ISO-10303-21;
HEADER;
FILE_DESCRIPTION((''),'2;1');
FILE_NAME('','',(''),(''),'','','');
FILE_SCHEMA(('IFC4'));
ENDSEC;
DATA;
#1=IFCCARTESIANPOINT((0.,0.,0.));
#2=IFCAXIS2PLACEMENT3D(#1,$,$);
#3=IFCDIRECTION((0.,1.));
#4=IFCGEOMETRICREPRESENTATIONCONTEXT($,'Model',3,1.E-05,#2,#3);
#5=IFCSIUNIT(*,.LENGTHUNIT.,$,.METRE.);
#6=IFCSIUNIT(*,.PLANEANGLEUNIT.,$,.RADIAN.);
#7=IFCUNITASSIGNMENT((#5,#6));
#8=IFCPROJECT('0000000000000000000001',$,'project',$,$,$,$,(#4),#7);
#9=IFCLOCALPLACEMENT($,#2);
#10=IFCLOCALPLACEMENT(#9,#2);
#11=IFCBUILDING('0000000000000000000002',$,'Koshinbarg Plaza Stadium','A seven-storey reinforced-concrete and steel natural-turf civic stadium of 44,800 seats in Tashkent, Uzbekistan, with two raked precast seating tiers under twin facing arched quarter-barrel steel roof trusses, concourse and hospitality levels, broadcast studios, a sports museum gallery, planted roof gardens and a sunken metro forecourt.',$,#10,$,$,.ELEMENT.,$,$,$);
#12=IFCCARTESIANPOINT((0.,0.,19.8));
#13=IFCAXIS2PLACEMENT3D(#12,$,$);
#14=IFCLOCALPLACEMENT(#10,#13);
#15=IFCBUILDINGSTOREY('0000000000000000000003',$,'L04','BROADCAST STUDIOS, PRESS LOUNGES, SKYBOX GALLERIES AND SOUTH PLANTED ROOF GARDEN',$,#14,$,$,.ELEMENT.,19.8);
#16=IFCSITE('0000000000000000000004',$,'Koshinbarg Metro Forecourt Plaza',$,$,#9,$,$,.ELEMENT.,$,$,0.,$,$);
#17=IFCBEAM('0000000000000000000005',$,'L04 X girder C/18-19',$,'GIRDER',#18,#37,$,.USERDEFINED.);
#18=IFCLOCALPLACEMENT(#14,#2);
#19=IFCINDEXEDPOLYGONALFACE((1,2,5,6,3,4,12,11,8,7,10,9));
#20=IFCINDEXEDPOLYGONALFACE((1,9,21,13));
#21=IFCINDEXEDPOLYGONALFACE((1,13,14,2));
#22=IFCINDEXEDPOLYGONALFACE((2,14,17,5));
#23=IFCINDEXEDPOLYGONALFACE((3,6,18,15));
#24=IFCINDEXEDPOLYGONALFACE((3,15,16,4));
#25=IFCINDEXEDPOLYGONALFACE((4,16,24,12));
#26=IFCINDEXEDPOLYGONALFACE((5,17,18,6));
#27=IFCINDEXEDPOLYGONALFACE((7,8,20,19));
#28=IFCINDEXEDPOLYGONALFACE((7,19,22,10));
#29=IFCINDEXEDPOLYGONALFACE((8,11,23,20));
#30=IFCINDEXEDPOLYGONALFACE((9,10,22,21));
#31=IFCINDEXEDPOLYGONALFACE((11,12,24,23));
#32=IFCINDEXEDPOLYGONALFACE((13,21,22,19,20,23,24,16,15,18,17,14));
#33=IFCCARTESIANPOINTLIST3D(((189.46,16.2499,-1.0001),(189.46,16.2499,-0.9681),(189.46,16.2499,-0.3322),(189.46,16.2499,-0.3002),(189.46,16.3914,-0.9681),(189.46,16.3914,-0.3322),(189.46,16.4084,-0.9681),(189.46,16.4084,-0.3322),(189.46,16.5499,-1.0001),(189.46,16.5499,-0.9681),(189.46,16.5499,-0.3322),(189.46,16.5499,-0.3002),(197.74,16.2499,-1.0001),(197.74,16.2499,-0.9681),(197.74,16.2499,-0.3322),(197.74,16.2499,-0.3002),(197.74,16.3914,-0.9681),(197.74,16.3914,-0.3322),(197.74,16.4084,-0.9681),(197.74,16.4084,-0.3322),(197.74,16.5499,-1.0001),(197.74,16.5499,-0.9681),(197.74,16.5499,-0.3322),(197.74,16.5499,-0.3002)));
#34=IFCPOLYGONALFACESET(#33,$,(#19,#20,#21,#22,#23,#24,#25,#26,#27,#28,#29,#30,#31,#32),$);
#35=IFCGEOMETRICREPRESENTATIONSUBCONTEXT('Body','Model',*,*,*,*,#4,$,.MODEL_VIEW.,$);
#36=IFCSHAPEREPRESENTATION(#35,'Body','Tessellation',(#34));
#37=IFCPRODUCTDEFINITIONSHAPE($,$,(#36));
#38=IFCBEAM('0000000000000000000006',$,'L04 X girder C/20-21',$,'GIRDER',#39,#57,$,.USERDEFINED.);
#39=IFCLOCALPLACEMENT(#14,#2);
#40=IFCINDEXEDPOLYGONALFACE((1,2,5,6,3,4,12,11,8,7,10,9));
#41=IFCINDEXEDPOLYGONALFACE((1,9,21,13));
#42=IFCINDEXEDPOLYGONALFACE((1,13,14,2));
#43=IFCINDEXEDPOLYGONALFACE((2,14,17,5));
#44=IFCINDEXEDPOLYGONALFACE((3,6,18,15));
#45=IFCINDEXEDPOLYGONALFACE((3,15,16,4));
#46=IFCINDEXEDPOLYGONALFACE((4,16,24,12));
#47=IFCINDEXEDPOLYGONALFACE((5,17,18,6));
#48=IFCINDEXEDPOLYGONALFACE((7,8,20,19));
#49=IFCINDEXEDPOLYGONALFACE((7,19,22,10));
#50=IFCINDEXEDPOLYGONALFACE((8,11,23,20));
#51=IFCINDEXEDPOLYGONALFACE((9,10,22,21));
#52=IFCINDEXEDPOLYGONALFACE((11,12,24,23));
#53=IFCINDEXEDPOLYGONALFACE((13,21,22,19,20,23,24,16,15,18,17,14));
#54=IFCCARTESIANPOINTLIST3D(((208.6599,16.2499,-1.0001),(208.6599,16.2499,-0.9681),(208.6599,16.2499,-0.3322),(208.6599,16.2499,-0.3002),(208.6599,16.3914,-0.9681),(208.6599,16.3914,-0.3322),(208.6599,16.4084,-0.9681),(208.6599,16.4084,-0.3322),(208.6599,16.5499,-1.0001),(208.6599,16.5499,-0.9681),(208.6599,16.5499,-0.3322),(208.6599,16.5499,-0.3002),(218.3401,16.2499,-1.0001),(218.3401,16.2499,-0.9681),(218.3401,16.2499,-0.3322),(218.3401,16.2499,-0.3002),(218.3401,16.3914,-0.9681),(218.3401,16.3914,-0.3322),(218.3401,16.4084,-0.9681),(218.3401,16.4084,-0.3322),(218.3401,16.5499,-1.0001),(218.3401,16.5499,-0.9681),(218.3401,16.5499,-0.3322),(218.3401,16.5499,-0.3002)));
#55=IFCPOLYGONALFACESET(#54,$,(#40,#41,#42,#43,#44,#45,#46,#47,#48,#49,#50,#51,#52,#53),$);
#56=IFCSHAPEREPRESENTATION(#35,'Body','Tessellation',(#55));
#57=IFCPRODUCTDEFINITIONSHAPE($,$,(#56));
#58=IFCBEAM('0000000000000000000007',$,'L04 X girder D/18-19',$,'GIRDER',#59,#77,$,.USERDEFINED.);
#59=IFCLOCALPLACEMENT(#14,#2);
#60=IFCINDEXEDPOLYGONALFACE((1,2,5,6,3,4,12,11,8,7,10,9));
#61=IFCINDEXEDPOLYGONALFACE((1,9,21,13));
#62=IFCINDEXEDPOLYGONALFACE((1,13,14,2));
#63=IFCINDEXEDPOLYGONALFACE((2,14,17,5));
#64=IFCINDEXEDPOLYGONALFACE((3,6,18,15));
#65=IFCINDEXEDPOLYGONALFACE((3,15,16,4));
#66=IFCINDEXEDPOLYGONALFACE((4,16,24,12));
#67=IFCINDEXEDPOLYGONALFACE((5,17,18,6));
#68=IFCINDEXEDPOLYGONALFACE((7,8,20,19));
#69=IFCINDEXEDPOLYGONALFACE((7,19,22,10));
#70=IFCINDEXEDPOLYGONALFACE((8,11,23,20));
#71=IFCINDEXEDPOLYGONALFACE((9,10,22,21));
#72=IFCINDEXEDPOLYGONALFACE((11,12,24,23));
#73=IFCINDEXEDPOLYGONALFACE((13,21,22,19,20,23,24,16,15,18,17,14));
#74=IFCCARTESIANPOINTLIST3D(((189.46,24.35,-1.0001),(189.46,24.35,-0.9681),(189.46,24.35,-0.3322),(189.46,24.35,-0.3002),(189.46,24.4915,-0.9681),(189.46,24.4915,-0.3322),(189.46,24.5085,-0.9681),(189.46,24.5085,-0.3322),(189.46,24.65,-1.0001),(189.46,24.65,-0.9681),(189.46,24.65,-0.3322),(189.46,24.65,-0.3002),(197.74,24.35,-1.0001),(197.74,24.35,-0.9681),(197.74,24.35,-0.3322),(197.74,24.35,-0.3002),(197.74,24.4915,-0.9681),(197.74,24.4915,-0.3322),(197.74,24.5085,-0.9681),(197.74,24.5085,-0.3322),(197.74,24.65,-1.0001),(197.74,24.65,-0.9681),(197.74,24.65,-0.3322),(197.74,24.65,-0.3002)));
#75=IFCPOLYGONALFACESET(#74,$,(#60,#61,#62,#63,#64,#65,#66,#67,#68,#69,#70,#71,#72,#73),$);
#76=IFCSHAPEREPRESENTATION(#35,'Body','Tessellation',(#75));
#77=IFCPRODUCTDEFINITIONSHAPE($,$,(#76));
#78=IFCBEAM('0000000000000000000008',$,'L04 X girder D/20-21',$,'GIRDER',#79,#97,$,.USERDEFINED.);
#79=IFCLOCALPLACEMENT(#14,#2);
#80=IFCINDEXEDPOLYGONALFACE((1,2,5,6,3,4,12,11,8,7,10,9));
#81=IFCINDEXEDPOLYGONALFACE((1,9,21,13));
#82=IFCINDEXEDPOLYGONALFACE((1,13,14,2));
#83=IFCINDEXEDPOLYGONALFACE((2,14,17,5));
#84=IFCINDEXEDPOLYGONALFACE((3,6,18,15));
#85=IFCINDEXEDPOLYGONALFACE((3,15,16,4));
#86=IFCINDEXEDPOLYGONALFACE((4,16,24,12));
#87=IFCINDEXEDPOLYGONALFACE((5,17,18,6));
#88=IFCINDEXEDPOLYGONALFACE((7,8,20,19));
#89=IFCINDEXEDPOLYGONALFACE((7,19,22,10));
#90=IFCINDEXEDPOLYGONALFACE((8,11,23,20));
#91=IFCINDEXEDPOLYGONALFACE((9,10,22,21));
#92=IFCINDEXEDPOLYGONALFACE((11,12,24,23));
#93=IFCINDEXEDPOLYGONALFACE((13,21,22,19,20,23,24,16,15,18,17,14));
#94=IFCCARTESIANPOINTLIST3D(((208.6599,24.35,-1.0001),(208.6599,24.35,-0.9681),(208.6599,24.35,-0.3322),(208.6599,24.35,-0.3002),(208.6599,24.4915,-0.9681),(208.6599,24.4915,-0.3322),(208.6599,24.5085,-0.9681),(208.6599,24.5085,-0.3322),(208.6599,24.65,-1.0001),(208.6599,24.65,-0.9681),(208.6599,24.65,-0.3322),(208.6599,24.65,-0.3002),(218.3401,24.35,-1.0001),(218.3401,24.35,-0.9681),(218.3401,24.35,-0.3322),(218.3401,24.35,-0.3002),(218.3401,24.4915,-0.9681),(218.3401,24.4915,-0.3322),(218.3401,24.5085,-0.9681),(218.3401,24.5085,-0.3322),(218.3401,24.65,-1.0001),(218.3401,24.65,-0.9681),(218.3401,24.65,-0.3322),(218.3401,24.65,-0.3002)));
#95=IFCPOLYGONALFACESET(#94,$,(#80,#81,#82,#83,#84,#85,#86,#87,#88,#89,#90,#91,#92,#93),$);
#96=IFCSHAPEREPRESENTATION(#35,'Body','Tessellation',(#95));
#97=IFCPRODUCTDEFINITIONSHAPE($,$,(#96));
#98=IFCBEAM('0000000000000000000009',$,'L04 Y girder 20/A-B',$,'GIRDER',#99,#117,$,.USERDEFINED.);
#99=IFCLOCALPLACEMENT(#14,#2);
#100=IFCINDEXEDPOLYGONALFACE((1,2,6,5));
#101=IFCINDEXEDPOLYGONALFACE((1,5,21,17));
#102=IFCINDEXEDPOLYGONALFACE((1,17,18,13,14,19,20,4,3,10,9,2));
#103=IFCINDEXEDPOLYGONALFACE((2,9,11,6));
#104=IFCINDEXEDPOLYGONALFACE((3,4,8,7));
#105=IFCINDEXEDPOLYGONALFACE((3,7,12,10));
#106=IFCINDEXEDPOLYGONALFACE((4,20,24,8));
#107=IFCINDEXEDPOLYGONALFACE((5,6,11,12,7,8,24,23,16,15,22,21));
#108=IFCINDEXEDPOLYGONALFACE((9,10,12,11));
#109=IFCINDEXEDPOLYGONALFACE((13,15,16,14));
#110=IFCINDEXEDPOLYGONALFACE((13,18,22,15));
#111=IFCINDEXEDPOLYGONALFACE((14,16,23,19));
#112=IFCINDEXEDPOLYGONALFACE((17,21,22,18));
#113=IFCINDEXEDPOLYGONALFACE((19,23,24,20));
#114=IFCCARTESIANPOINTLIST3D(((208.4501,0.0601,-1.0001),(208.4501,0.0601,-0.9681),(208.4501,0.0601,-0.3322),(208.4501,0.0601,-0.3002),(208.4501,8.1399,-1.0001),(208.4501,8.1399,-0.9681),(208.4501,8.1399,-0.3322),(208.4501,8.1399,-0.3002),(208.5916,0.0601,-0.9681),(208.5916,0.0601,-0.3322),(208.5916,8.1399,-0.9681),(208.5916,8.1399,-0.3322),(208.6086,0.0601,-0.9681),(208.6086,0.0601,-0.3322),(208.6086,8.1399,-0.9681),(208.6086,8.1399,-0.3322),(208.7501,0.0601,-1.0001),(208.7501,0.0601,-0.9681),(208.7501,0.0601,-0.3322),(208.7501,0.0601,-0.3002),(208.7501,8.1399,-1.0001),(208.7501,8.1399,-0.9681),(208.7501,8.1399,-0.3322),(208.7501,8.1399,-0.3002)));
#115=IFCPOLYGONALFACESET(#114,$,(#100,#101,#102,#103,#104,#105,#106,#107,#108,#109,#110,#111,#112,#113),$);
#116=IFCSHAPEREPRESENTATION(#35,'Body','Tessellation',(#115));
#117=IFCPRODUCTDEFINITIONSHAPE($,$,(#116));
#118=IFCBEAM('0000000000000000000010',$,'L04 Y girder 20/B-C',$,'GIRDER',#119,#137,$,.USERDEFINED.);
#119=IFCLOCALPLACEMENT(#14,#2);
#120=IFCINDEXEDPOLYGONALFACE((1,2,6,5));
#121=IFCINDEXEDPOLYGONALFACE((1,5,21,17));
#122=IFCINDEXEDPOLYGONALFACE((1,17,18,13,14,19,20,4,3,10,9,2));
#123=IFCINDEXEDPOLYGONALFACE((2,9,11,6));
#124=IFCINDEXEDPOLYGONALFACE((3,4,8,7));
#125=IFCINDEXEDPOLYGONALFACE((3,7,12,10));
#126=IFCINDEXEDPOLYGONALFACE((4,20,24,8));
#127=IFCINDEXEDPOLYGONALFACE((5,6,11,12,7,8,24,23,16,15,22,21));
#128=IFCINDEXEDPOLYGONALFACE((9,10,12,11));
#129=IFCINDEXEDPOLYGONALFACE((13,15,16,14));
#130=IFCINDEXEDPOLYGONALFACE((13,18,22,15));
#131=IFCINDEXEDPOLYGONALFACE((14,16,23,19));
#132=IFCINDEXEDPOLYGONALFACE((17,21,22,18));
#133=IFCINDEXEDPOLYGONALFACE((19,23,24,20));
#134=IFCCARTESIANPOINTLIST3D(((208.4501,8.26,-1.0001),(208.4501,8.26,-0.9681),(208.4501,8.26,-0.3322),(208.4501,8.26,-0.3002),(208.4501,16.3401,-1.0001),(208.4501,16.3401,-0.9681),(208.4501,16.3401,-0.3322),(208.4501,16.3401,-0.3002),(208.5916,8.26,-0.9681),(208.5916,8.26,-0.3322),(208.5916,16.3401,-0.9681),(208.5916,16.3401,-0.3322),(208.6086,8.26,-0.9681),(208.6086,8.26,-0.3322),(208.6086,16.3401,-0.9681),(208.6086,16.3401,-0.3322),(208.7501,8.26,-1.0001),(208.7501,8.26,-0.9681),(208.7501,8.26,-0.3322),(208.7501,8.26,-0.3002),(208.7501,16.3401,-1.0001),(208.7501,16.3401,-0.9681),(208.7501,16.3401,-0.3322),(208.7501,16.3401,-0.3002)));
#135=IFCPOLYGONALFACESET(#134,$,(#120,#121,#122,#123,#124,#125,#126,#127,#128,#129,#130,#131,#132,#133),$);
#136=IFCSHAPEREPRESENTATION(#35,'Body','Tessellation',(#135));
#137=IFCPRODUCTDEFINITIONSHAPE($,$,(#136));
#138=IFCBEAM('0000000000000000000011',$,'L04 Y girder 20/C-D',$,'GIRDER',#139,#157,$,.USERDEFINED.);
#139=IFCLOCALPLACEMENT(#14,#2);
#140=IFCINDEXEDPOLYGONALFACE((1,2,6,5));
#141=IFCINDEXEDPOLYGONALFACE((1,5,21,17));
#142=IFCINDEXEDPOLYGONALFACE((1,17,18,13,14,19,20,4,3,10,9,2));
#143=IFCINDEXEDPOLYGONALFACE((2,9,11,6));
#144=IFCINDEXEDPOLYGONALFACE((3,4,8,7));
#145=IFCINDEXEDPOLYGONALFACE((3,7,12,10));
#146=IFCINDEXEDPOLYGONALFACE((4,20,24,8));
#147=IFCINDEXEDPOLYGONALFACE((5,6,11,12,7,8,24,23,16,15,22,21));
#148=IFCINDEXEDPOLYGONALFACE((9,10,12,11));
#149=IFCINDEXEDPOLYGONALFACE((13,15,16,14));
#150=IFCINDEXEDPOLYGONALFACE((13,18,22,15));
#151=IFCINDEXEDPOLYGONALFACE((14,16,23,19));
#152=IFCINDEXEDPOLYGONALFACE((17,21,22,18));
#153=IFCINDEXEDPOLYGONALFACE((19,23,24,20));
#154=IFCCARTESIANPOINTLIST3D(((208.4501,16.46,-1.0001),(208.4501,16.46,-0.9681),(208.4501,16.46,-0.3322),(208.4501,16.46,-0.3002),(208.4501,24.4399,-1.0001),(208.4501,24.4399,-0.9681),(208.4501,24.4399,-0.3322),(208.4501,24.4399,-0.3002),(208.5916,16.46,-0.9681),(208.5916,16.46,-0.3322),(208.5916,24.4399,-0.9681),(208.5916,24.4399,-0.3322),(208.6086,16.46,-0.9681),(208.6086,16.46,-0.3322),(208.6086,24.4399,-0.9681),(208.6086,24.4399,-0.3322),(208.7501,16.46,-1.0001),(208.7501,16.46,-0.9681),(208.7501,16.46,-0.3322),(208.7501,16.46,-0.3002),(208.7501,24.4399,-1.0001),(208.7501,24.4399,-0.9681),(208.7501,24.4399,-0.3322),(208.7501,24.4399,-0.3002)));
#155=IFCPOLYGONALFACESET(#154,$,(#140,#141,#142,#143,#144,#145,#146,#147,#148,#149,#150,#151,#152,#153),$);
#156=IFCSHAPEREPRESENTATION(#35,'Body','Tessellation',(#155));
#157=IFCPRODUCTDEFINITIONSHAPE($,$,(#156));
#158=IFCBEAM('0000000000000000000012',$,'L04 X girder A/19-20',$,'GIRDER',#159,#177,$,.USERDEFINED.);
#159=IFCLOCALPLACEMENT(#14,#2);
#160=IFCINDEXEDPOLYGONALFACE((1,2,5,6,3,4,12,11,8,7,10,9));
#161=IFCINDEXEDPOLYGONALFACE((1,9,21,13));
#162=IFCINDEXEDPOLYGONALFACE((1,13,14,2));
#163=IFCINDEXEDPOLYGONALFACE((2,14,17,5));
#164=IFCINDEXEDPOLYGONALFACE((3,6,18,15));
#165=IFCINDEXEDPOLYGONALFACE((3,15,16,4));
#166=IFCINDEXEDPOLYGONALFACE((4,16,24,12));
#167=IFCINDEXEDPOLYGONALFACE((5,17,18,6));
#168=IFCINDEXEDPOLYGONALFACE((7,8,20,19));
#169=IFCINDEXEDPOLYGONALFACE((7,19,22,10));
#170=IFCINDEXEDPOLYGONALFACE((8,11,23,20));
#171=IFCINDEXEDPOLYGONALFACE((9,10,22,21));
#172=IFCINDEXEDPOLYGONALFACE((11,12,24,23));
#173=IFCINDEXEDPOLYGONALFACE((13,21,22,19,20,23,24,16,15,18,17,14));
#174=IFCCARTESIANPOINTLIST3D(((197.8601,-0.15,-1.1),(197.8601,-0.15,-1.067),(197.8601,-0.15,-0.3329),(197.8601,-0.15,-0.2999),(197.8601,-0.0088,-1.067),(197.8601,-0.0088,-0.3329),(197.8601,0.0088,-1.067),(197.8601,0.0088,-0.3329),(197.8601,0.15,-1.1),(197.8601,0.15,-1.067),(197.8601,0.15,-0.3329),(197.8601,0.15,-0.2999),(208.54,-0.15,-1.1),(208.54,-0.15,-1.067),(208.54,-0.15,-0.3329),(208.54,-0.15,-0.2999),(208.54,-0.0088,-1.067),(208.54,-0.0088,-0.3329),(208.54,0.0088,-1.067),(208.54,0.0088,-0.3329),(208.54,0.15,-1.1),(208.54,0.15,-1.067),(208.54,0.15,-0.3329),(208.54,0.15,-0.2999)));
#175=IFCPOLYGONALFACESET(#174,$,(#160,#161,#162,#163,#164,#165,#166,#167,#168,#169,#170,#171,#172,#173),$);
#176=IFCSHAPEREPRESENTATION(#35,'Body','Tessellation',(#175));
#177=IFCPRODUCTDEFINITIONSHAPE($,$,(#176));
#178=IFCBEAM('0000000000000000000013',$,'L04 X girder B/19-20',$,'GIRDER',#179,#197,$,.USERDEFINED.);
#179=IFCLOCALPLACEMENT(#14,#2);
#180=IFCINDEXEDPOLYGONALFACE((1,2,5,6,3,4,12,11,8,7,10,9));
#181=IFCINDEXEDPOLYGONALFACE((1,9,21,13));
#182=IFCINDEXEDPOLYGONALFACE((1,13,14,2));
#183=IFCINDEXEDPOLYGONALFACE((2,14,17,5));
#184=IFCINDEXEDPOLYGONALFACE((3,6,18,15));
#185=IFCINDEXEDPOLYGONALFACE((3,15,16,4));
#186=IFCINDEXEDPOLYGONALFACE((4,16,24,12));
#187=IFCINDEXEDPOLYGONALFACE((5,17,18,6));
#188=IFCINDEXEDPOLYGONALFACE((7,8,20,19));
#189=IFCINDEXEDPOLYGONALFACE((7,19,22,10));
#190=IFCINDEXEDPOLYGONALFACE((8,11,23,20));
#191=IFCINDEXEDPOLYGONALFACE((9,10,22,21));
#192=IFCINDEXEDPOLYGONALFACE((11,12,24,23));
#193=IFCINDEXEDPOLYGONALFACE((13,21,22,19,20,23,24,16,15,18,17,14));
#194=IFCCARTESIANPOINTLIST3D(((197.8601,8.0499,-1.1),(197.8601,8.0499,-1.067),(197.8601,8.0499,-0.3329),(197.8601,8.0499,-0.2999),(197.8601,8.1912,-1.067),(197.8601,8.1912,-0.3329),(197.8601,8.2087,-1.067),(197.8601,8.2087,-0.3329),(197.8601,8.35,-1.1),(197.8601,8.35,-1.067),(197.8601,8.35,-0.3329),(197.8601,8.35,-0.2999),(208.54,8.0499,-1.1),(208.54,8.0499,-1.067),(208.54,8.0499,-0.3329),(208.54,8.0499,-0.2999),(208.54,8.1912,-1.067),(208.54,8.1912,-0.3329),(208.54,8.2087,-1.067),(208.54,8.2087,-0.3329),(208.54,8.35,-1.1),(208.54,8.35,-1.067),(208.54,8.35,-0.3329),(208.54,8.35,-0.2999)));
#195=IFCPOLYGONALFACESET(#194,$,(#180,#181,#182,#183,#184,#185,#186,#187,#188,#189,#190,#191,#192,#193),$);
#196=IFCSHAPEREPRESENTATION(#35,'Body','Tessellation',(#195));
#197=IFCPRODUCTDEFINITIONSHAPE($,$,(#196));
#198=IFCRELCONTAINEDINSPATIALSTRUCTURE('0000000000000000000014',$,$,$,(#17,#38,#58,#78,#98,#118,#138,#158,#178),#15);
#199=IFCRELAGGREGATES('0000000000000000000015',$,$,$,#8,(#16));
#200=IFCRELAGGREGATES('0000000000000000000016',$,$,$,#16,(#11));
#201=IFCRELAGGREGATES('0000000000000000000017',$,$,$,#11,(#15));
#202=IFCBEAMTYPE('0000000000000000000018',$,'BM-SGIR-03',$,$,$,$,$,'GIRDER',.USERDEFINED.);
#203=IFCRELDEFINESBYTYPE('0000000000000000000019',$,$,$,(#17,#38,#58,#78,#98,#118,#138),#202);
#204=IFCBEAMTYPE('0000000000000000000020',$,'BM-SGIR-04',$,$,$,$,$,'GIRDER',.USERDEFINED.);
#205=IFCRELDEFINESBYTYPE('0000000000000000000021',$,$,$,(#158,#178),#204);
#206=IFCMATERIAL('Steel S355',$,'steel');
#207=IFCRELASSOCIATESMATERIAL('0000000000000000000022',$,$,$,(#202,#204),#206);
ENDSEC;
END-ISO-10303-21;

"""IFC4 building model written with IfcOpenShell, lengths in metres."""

from ifc_helpers import new_model, si_unit, direction, frame, origin, origin_2d, place, context, subcontext, project, spatial, i_section, extrude, material, material_profile, profile_set, type_object, element, save


model = new_model("IFC4")

# Units and contexts
model_context = context("Model", 3, precision=1e-05, world=origin(), true_north=direction((0.0, 1.0)))
body_context = subcontext(model_context, "Body", "Model", "MODEL_VIEW")
ifc_project = project(units=[si_unit("LENGTHUNIT", "METRE"), si_unit("PLANEANGLEUNIT", "RADIAN")], contexts=[model_context])

# Site, building, storey
site_placement = place(None, origin())
site = spatial("IfcSite", under=ifc_project, at=site_placement, Name="Koshinbarg Metro Forecourt Plaza", CompositionType="ELEMENT", RefElevation=0.0)
building_placement = place(site_placement, origin())
building = spatial("IfcBuilding", under=site, at=building_placement, Name="Koshinbarg Plaza Stadium", Description="A seven-storey reinforced-concrete and steel natural-turf civic stadium of 44,800 seats in Tashkent, Uzbekistan, with two raked precast seating tiers under twin facing arched quarter-barrel steel roof trusses, concourse and hospitality levels, broadcast studios, a sports museum gallery, planted roof gardens and a sunken metro forecourt.", CompositionType="ELEMENT")
storey_placement = place(building_placement, frame((0.0, 0.0, 19.8)))
storey = spatial("IfcBuildingStorey", under=building, at=storey_placement, Name="L04", Description="BROADCAST STUDIOS, PRESS LOUNGES, SKYBOX GALLERIES AND SOUTH PLANTED ROOF GARDEN", CompositionType="ELEMENT", Elevation=19.8)

# Beams
ifc_material = material(Name="Steel S355", Category="steel")
ifc_material_profile_1 = material_profile(ifc_material, i_section(OverallWidth=0.3, OverallDepth=0.7, WebThickness=0.0171, FlangeThickness=0.032, at=origin_2d()), Name="HEB 700")
ifc_profile_set_1 = profile_set([ifc_material_profile_1], Name="Steel S355")
beam_type_1 = type_object("IfcBeamType", Name="BM-SGIR-03", ElementType="GIRDER", PredefinedType="USERDEFINED", material=ifc_profile_set_1)
beam_1_placement = place(storey_placement, frame((189.46, 16.3999, -0.6501), z_axis=(1.0, 0.0, 0.0), x_axis=(0.0, 1.0, 0.0)))
element("IfcBeam", 1, at=beam_1_placement, inside=storey, type_object=beam_type_1, Name="L04 X girder C/18-19", ObjectType="GIRDER", PredefinedType="USERDEFINED", context=body_context, shape_type="SweptSolid", body=[
    extrude(i_section(OverallWidth=0.3, OverallDepth=0.7, WebThickness=0.0171, FlangeThickness=0.032, at=origin_2d()), origin(), (0.0, 0.0, 1.0), 8.28),
])
beam_2_placement = place(storey_placement, frame((208.6599, 16.3999, -0.6501), z_axis=(1.0, 0.0, 0.0), x_axis=(0.0, 1.0, 0.0)))
element("IfcBeam", 2, at=beam_2_placement, inside=storey, type_object=beam_type_1, Name="L04 X girder C/20-21", ObjectType="GIRDER", PredefinedType="USERDEFINED", context=body_context, shape_type="SweptSolid", body=[
    extrude(i_section(OverallWidth=0.3, OverallDepth=0.7, WebThickness=0.0171, FlangeThickness=0.032, at=origin_2d()), origin(), (0.0, 0.0, 1.0), 9.6802),
])
beam_3_placement = place(storey_placement, frame((189.46, 24.5, -0.6501), z_axis=(1.0, 0.0, 0.0), x_axis=(0.0, 1.0, 0.0)))
element("IfcBeam", 3, at=beam_3_placement, inside=storey, type_object=beam_type_1, Name="L04 X girder D/18-19", ObjectType="GIRDER", PredefinedType="USERDEFINED", context=body_context, shape_type="SweptSolid", body=[
    extrude(i_section(OverallWidth=0.3, OverallDepth=0.7, WebThickness=0.0171, FlangeThickness=0.032, at=origin_2d()), origin(), (0.0, 0.0, 1.0), 8.28),
])
beam_4_placement = place(storey_placement, frame((208.6599, 24.5, -0.6501), z_axis=(1.0, 0.0, 0.0), x_axis=(0.0, 1.0, 0.0)))
element("IfcBeam", 4, at=beam_4_placement, inside=storey, type_object=beam_type_1, Name="L04 X girder D/20-21", ObjectType="GIRDER", PredefinedType="USERDEFINED", context=body_context, shape_type="SweptSolid", body=[
    extrude(i_section(OverallWidth=0.3, OverallDepth=0.7, WebThickness=0.0171, FlangeThickness=0.032, at=origin_2d()), origin(), (0.0, 0.0, 1.0), 9.6802),
])
beam_5_placement = place(storey_placement, frame((208.6001, 0.0601, -0.6501), z_axis=(0.0, 1.0, 0.0), x_axis=(-1.0, 0.0, 0.0)))
element("IfcBeam", 5, at=beam_5_placement, inside=storey, type_object=beam_type_1, Name="L04 Y girder 20/A-B", ObjectType="GIRDER", PredefinedType="USERDEFINED", context=body_context, shape_type="SweptSolid", body=[
    extrude(i_section(OverallWidth=0.3, OverallDepth=0.7, WebThickness=0.0171, FlangeThickness=0.032, at=origin_2d()), origin(), (0.0, 0.0, 1.0), 8.0798),
])
beam_6_placement = place(storey_placement, frame((208.6001, 8.26, -0.6501), z_axis=(0.0, 1.0, 0.0), x_axis=(-1.0, 0.0, 0.0)))
element("IfcBeam", 6, at=beam_6_placement, inside=storey, type_object=beam_type_1, Name="L04 Y girder 20/B-C", ObjectType="GIRDER", PredefinedType="USERDEFINED", context=body_context, shape_type="SweptSolid", body=[
    extrude(i_section(OverallWidth=0.3, OverallDepth=0.7, WebThickness=0.0171, FlangeThickness=0.032, at=origin_2d()), origin(), (0.0, 0.0, 1.0), 8.0801),
])
beam_7_placement = place(storey_placement, frame((208.6001, 16.46, -0.6501), z_axis=(0.0, 1.0, 0.0), x_axis=(-1.0, 0.0, 0.0)))
element("IfcBeam", 7, at=beam_7_placement, inside=storey, type_object=beam_type_1, Name="L04 Y girder 20/C-D", ObjectType="GIRDER", PredefinedType="USERDEFINED", context=body_context, shape_type="SweptSolid", body=[
    extrude(i_section(OverallWidth=0.3, OverallDepth=0.7, WebThickness=0.0171, FlangeThickness=0.032, at=origin_2d()), origin(), (0.0, 0.0, 1.0), 7.98),
])
ifc_material_profile_2 = material_profile(ifc_material, i_section(OverallWidth=0.3, OverallDepth=0.8, WebThickness=0.0176, FlangeThickness=0.033, at=origin_2d()), Name="HEB 800")
ifc_profile_set_2 = profile_set([ifc_material_profile_2], Name="Steel S355")
beam_type_2 = type_object("IfcBeamType", Name="BM-SGIR-04", ElementType="GIRDER", PredefinedType="USERDEFINED", material=ifc_profile_set_2)
for number, where, z_axis, x_axis, name in (
    (8, (197.8601, 0.0, -0.7), (1.0, 0.0, 0.0), (0.0, 1.0, 0.0), "L04 X girder A/19-20"),
    (9, (197.8601, 8.2, -0.7), (1.0, 0.0, 0.0), (0.0, 1.0, 0.0), "L04 X girder B/19-20"),
):
    element("IfcBeam", number, at=place(storey_placement, frame(where, z_axis=z_axis, x_axis=x_axis)), inside=storey, type_object=beam_type_2, Name=name, ObjectType="GIRDER", PredefinedType="USERDEFINED", context=body_context, shape_type="SweptSolid", body=[
        extrude(i_section(OverallWidth=0.3, OverallDepth=0.8, WebThickness=0.0176, FlangeThickness=0.033, at=origin_2d()), origin(), (0.0, 0.0, 1.0), 10.6799),
    ])

save(model, "model.ifc")
